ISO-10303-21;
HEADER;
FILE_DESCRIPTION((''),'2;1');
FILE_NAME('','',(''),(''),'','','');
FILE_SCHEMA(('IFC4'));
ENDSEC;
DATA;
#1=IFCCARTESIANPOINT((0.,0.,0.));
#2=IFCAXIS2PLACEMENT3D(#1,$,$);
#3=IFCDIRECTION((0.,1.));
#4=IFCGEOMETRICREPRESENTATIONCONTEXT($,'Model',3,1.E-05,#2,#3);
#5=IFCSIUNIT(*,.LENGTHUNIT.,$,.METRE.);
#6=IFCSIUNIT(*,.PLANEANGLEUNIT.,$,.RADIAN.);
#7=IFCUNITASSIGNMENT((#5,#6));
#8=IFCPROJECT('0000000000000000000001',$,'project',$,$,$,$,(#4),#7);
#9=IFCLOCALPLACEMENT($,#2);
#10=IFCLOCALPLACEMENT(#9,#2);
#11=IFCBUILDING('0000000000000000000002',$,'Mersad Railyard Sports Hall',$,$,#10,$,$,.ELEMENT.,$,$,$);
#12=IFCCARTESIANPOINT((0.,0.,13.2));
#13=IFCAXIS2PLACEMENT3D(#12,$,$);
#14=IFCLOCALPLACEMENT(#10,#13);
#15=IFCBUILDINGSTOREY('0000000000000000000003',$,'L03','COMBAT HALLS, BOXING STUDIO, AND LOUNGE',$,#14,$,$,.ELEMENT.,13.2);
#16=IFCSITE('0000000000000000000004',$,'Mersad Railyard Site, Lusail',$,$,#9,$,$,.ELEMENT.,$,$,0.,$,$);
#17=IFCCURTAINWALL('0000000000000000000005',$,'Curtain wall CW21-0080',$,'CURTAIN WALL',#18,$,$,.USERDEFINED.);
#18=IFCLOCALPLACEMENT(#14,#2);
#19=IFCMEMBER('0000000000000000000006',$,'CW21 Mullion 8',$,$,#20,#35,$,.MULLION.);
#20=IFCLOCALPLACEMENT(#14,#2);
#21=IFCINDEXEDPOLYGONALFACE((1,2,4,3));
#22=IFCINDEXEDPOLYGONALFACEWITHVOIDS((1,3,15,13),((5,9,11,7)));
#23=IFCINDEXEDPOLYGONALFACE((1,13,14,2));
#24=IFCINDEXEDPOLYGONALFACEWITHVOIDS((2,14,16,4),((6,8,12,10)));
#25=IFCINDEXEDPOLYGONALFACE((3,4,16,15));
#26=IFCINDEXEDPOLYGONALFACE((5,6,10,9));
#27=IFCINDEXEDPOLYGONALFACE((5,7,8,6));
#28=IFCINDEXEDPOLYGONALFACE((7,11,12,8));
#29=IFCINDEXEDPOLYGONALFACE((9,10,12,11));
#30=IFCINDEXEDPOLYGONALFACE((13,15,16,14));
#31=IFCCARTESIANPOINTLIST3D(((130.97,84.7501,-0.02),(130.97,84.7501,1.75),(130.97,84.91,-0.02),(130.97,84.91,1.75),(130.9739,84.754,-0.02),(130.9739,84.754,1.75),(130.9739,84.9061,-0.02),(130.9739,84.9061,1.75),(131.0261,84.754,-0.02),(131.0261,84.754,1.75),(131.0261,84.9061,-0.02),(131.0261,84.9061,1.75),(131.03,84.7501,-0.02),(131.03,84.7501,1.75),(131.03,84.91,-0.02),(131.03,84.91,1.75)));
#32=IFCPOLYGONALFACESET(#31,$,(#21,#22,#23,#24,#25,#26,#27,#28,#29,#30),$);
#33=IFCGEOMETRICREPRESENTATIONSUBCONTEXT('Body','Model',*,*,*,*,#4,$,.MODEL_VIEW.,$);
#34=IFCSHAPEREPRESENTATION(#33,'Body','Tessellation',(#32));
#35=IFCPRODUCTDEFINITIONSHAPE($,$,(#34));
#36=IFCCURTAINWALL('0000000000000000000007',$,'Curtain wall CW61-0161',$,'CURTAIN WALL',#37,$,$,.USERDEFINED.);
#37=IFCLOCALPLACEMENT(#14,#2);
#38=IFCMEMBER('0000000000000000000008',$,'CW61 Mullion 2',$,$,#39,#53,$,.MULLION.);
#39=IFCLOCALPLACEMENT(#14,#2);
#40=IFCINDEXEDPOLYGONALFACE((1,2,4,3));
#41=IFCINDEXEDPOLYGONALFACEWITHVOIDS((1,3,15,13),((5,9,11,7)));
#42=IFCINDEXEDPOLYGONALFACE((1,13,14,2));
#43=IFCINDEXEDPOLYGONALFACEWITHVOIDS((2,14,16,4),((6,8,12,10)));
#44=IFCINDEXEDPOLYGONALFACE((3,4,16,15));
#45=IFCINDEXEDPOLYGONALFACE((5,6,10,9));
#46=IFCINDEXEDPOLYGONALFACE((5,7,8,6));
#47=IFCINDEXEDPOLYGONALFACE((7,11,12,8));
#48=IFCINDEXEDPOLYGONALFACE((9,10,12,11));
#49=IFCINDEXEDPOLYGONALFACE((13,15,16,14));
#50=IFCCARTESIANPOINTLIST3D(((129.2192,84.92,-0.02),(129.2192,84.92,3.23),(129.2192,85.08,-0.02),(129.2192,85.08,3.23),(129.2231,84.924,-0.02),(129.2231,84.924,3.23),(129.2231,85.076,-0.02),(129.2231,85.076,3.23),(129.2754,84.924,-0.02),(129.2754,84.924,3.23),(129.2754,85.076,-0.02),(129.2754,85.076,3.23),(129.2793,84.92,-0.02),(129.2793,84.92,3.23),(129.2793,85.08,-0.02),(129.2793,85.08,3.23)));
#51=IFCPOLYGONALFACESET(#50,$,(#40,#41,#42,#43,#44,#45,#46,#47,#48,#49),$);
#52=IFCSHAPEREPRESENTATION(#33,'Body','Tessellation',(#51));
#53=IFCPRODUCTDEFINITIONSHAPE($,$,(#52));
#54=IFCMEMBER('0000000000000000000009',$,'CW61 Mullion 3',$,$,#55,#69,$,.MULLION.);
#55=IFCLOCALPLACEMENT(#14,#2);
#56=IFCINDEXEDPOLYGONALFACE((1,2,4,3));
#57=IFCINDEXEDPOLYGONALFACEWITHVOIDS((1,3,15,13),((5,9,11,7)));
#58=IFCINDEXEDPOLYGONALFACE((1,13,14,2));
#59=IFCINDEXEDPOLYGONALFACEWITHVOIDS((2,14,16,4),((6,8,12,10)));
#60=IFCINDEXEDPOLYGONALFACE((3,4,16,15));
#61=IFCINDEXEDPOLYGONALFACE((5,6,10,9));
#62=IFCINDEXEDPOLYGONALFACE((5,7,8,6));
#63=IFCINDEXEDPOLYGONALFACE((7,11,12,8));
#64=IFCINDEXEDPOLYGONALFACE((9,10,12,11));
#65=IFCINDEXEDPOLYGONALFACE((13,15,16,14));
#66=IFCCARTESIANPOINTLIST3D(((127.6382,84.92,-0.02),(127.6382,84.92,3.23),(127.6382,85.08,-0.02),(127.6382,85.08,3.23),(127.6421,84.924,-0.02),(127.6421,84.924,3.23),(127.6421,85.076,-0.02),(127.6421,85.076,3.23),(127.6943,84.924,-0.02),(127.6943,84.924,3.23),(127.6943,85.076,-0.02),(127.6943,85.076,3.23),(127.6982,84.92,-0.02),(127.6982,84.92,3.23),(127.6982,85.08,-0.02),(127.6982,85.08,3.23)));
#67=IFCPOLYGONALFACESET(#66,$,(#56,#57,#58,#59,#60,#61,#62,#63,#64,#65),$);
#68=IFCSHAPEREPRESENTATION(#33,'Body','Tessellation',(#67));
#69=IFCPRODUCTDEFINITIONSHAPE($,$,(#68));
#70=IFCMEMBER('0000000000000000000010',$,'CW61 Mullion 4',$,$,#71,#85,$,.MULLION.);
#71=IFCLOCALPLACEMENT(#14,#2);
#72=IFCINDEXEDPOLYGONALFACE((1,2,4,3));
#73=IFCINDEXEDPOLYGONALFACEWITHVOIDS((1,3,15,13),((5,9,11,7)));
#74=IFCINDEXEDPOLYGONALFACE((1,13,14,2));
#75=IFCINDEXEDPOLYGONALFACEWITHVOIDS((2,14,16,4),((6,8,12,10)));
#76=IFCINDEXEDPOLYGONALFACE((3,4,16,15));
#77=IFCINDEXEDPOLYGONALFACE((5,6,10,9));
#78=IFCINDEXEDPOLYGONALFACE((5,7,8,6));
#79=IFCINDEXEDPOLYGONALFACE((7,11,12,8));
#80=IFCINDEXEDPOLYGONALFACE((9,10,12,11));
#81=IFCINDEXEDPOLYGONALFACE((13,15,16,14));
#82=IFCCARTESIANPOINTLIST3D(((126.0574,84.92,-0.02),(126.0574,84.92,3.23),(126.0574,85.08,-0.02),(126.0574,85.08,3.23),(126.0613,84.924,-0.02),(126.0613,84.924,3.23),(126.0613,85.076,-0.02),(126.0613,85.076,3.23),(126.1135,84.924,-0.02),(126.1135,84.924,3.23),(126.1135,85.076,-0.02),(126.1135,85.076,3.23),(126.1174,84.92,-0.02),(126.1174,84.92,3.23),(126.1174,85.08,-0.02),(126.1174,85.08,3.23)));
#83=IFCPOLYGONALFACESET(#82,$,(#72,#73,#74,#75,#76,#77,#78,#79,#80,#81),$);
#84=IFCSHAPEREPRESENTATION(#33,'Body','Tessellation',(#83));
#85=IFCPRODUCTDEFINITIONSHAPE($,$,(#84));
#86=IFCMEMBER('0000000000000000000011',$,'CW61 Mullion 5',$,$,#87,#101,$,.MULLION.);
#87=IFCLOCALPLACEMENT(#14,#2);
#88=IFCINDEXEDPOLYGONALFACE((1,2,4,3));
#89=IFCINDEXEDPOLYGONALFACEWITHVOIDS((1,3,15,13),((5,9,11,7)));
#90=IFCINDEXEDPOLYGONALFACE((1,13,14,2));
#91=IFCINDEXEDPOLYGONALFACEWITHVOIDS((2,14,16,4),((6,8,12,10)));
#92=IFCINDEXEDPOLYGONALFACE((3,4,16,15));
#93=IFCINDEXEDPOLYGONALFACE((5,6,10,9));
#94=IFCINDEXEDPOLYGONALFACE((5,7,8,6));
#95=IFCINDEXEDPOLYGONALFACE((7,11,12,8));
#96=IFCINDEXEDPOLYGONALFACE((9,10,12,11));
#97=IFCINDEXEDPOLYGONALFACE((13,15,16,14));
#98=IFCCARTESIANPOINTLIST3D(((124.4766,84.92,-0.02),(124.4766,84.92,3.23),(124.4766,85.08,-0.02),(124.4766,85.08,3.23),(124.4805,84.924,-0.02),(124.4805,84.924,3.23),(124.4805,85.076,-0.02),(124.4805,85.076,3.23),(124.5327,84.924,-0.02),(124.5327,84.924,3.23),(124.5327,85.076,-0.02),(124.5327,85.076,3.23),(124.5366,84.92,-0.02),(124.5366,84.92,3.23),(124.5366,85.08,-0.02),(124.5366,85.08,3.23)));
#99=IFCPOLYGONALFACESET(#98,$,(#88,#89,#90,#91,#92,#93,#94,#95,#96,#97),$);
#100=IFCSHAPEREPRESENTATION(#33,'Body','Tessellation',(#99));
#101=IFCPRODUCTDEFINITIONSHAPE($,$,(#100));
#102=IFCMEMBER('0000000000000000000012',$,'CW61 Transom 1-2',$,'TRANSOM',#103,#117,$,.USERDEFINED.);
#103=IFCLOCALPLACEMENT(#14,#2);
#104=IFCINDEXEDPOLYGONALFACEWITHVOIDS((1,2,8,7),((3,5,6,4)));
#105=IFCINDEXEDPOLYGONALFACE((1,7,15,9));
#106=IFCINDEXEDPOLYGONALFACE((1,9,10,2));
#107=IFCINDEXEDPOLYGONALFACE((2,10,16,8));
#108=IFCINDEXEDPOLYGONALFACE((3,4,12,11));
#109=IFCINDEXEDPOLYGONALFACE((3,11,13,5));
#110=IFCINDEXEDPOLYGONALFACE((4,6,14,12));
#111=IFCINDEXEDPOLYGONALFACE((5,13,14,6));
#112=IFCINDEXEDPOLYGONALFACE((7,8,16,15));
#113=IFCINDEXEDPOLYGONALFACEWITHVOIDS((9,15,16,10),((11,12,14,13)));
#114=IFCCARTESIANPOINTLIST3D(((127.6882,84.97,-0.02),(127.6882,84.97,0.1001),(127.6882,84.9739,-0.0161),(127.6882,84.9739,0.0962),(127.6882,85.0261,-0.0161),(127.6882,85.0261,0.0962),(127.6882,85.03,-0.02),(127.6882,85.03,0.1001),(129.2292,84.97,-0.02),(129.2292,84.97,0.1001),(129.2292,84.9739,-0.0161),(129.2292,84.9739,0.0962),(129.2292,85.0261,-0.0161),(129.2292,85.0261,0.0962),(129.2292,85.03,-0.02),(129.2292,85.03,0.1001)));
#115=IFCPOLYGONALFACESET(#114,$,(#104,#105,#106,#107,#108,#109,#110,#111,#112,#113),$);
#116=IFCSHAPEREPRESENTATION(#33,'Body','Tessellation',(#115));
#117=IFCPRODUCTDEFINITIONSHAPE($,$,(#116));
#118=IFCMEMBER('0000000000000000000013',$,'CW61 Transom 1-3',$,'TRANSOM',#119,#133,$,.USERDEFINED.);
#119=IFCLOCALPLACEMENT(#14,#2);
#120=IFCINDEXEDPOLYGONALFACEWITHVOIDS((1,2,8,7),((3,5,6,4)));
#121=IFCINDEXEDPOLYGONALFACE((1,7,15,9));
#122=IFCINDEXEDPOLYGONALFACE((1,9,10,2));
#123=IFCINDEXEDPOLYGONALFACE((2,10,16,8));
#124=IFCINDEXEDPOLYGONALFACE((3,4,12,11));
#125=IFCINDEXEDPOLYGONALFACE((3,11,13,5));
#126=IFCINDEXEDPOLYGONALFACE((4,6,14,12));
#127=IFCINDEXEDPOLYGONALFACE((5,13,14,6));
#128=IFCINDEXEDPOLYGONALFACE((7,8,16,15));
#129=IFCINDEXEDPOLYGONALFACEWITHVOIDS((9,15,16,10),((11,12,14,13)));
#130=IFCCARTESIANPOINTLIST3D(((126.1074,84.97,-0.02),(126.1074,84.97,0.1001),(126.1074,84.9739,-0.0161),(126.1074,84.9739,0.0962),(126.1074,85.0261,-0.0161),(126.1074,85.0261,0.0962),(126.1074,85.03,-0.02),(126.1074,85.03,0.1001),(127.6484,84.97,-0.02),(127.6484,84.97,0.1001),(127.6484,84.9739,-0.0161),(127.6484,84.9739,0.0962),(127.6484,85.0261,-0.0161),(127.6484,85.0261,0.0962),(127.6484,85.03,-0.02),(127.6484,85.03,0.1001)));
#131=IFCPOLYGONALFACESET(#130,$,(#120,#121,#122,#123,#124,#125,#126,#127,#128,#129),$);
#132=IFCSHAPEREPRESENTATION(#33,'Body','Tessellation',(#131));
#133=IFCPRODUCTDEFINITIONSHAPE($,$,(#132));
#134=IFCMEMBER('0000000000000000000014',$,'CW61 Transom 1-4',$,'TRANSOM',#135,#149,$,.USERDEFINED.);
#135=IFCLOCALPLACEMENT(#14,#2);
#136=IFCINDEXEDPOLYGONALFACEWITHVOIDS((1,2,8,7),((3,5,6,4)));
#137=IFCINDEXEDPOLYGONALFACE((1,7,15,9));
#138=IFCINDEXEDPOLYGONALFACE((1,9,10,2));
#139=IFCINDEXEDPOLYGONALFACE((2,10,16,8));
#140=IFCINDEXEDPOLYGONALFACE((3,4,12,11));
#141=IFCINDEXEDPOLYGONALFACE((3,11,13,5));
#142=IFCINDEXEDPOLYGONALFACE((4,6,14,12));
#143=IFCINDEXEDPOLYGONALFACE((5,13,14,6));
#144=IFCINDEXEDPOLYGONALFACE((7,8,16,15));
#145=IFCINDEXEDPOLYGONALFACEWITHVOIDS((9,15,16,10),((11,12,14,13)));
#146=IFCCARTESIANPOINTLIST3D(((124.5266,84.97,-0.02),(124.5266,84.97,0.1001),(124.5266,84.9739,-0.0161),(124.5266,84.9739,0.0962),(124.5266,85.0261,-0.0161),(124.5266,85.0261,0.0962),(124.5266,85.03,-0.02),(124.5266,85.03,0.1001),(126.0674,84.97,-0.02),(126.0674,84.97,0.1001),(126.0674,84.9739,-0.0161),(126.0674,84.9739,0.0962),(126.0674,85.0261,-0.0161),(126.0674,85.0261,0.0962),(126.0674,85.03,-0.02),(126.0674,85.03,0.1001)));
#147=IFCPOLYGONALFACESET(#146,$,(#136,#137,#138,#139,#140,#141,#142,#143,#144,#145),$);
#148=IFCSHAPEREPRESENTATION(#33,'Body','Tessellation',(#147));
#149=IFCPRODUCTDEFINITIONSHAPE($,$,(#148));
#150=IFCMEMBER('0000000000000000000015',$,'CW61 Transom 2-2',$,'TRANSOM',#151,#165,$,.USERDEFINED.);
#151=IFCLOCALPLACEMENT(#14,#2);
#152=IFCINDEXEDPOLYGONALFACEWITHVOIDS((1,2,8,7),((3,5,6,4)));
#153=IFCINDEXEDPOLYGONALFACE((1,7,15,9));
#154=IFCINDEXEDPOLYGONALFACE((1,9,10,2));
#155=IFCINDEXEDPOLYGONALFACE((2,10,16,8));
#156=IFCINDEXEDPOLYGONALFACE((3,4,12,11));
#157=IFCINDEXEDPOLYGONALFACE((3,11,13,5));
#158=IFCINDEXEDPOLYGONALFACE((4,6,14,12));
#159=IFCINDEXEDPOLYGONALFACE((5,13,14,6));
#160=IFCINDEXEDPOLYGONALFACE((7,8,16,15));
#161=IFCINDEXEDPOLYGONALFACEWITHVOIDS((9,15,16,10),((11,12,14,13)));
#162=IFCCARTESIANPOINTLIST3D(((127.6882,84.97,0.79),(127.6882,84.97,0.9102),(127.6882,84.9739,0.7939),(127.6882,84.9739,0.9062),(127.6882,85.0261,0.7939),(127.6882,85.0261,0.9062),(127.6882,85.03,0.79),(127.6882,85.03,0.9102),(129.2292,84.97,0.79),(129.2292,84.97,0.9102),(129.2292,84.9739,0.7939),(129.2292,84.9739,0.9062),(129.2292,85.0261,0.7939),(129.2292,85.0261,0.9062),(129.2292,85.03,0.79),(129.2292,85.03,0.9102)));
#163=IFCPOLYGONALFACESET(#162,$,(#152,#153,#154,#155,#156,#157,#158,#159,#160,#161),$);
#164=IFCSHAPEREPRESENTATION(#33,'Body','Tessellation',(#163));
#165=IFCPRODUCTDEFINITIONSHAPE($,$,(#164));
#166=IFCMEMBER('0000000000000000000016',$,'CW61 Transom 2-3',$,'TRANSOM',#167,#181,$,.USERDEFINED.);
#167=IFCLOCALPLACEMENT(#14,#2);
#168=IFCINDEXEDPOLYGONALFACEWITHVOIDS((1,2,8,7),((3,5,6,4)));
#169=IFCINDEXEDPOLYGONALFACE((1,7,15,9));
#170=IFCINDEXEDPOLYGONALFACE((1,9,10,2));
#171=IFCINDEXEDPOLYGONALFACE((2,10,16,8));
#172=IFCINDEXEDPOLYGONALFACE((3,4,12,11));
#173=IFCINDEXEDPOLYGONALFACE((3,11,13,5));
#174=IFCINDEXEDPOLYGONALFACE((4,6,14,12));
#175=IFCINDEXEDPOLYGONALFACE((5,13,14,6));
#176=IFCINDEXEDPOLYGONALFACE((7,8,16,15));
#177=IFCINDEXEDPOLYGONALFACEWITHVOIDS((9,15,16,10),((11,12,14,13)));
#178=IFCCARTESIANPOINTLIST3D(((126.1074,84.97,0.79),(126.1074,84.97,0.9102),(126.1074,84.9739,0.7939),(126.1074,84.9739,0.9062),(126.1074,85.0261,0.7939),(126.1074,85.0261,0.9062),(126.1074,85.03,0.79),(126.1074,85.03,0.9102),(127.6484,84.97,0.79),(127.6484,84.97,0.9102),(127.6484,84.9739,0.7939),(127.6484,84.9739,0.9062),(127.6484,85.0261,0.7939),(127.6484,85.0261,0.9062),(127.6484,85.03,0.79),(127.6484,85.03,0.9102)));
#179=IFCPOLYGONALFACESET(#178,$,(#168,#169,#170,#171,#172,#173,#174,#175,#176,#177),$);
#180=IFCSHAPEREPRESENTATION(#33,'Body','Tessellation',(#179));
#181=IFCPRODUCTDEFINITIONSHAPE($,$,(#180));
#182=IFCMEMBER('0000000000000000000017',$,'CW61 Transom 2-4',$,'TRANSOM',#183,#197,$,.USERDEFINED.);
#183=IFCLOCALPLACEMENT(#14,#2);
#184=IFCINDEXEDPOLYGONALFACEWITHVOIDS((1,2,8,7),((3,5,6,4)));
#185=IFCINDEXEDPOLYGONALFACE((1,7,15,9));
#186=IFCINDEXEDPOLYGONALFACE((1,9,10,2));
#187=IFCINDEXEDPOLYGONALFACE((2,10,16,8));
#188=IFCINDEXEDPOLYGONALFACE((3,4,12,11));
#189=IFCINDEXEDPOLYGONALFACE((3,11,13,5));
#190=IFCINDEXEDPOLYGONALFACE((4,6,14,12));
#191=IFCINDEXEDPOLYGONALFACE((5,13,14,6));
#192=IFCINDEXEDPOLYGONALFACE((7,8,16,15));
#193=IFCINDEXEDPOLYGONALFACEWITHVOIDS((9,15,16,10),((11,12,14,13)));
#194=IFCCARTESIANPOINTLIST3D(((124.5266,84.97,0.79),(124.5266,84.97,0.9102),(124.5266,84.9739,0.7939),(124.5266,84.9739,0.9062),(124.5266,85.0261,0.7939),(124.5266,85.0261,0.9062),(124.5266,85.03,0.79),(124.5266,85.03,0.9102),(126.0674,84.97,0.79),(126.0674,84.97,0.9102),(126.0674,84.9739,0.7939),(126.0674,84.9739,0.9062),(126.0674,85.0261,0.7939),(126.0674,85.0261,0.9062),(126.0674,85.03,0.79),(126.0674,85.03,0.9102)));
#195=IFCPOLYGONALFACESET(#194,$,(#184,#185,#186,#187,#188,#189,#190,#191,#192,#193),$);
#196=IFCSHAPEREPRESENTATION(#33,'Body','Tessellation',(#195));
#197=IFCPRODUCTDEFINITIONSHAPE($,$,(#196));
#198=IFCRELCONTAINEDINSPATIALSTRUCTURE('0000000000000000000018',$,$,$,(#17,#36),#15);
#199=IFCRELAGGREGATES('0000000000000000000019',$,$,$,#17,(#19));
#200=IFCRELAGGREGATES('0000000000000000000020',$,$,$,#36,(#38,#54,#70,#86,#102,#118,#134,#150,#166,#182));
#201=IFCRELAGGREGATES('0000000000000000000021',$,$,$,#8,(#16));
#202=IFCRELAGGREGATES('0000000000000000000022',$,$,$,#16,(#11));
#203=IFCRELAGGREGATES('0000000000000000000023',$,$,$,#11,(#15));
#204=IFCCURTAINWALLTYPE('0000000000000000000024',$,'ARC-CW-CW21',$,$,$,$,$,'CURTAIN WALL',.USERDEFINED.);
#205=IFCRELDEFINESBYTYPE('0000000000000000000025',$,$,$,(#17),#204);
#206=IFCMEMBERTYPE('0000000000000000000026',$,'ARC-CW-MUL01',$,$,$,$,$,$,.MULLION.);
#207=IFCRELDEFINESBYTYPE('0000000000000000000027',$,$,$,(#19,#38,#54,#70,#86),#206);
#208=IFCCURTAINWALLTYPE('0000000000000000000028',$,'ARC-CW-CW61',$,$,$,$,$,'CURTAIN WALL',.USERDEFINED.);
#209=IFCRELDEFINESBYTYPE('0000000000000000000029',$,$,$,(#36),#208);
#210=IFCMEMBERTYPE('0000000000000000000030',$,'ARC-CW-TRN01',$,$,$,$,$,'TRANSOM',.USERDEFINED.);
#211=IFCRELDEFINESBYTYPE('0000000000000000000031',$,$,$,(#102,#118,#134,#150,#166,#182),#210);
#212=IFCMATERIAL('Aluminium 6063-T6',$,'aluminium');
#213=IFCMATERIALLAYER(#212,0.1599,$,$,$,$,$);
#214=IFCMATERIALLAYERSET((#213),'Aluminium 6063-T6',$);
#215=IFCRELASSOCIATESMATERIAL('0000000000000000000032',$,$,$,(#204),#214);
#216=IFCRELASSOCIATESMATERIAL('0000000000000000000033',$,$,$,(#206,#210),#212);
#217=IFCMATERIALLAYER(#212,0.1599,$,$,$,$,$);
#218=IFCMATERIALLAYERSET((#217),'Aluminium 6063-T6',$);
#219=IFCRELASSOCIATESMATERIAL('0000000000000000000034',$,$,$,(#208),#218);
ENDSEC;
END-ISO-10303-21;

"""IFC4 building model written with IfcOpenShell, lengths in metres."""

from ifc_helpers import new_model, si_unit, direction, frame, origin, origin_2d, place, context, subcontext, project, spatial, hollow_rectangle, extrude, material, layer, layer_set, material_profile, profile_set, type_object, element, aggregate, save


model = new_model("IFC4")

# Units and contexts
model_context = context("Model", 3, precision=1e-05, world=origin(), true_north=direction((0.0, 1.0)))
body_context = subcontext(model_context, "Body", "Model", "MODEL_VIEW")
ifc_project = project(units=[si_unit("LENGTHUNIT", "METRE"), si_unit("PLANEANGLEUNIT", "RADIAN")], contexts=[model_context])

# Site, building, storey
site_placement = place(None, origin())
site = spatial("IfcSite", under=ifc_project, at=site_placement, Name="Mersad Railyard Site, Lusail", CompositionType="ELEMENT", RefElevation=0.0)
building_placement = place(site_placement, origin())
building = spatial("IfcBuilding", under=site, at=building_placement, Name="Mersad Railyard Sports Hall", CompositionType="ELEMENT")
storey_placement = place(building_placement, frame((0.0, 0.0, 13.2)))
storey = spatial("IfcBuildingStorey", under=building, at=storey_placement, Name="L03", Description="COMBAT HALLS, BOXING STUDIO, AND LOUNGE", CompositionType="ELEMENT", Elevation=13.2)

# Curtain wall, member
ifc_material_1 = material(Name="Aluminium 6063-T6", Category="aluminium")
ifc_layer_1 = layer(ifc_material_1, 0.1599)
ifc_layer_set_1 = layer_set([ifc_layer_1], Name="Aluminium 6063-T6")
curtain_wall_type_1 = type_object("IfcCurtainWallType", Name="ARC-CW-CW21", ElementType="CURTAIN WALL", PredefinedType="USERDEFINED", material=ifc_layer_set_1)
curtain_wall_1_placement = place(storey_placement, origin())
curtain_wall_1 = element("IfcCurtainWall", 1, at=curtain_wall_1_placement, inside=storey, type_object=curtain_wall_type_1, Name="Curtain wall CW21-0080", ObjectType="CURTAIN WALL", PredefinedType="USERDEFINED")
ifc_material_profile_1 = material_profile(ifc_material_1, hollow_rectangle(XDim=0.0601, YDim=0.1599, WallThickness=0.0039, at=origin_2d()), Name="AL MULLION 60x160x4")
ifc_profile_set_1 = profile_set([ifc_material_profile_1], Name="Aluminium 6063-T6")
member_type_1 = type_object("IfcMemberType", Name="ARC-CW-MUL01", PredefinedType="MULLION", material=ifc_profile_set_1)
member_1_placement = place(storey_placement, frame((131.0, 84.8301, -0.02), z_axis=(0.0, 0.0, 1.0), x_axis=(1.0, 0.0, 0.0)))
member_1 = element("IfcMember", 2, at=member_1_placement, type_object=member_type_1, Name="CW21 Mullion 8", PredefinedType="MULLION", context=body_context, shape_type="SweptSolid", body=[
    extrude(hollow_rectangle(XDim=0.0601, YDim=0.1599, WallThickness=0.0039, at=origin_2d()), origin(), (0.0, 0.0, 1.0), 1.77),
])
aggregate(curtain_wall_1, [member_1])

# Curtain wall, members
ifc_layer_2 = layer(ifc_material_1, 0.1599)
ifc_layer_set_2 = layer_set([ifc_layer_2], Name="Aluminium 6063-T6")
curtain_wall_type_2 = type_object("IfcCurtainWallType", Name="ARC-CW-CW61", ElementType="CURTAIN WALL", PredefinedType="USERDEFINED", material=ifc_layer_set_2)
curtain_wall_2_placement = place(storey_placement, origin())
curtain_wall_2 = element("IfcCurtainWall", 3, at=curtain_wall_2_placement, inside=storey, type_object=curtain_wall_type_2, Name="Curtain wall CW61-0161", ObjectType="CURTAIN WALL", PredefinedType="USERDEFINED")
member_2_placement = place(storey_placement, frame((129.2493, 85.0, -0.02), z_axis=(0.0, 0.0, 1.0), x_axis=(1.0, 0.0, 0.0)))
member_2 = element("IfcMember", 4, at=member_2_placement, type_object=member_type_1, Name="CW61 Mullion 2", PredefinedType="MULLION", context=body_context, shape_type="SweptSolid", body=[
    extrude(hollow_rectangle(XDim=0.0601, YDim=0.1599, WallThickness=0.0039, at=origin_2d()), origin(), (0.0, 0.0, 1.0), 3.25),
])
member_3_placement = place(storey_placement, frame((127.6682, 85.0, -0.02), z_axis=(0.0, 0.0, 1.0), x_axis=(1.0, 0.0, 0.0)))
member_3 = element("IfcMember", 5, at=member_3_placement, type_object=member_type_1, Name="CW61 Mullion 3", PredefinedType="MULLION", context=body_context, shape_type="SweptSolid", body=[
    extrude(hollow_rectangle(XDim=0.0601, YDim=0.1599, WallThickness=0.0039, at=origin_2d()), origin(), (0.0, 0.0, 1.0), 3.25),
])
member_4_placement = place(storey_placement, frame((126.0874, 85.0, -0.02), z_axis=(0.0, 0.0, 1.0), x_axis=(1.0, 0.0, 0.0)))
member_4 = element("IfcMember", 6, at=member_4_placement, type_object=member_type_1, Name="CW61 Mullion 4", PredefinedType="MULLION", context=body_context, shape_type="SweptSolid", body=[
    extrude(hollow_rectangle(XDim=0.0601, YDim=0.1599, WallThickness=0.0039, at=origin_2d()), origin(), (0.0, 0.0, 1.0), 3.25),
])
member_5_placement = place(storey_placement, frame((124.5066, 85.0, -0.02), z_axis=(0.0, 0.0, 1.0), x_axis=(1.0, 0.0, 0.0)))
member_5 = element("IfcMember", 7, at=member_5_placement, type_object=member_type_1, Name="CW61 Mullion 5", PredefinedType="MULLION", context=body_context, shape_type="SweptSolid", body=[
    extrude(hollow_rectangle(XDim=0.0601, YDim=0.1599, WallThickness=0.0039, at=origin_2d()), origin(), (0.0, 0.0, 1.0), 3.25),
])
ifc_material_profile_2 = material_profile(ifc_material_1, hollow_rectangle(XDim=0.0601, YDim=0.1201, WallThickness=0.0039, at=origin_2d()), Name="AL TRANSOM 60x120x4")
ifc_profile_set_2 = profile_set([ifc_material_profile_2], Name="Aluminium 6063-T6")
member_type_2 = type_object("IfcMemberType", Name="ARC-CW-TRN01", ElementType="TRANSOM", PredefinedType="USERDEFINED", material=ifc_profile_set_2)
member_6_placement = place(storey_placement, frame((129.2292, 85.0, 0.04), z_axis=(-1.0, 0.0, 0.0), x_axis=(0.0, -1.0, 0.0)))
member_6 = element("IfcMember", 8, at=member_6_placement, type_object=member_type_2, Name="CW61 Transom 1-2", ObjectType="TRANSOM", PredefinedType="USERDEFINED", context=body_context, shape_type="SweptSolid", body=[
    extrude(hollow_rectangle(XDim=0.0601, YDim=0.1201, WallThickness=0.0039, at=origin_2d()), origin(), (0.0, 0.0, 1.0), 1.541),
])
member_7_placement = place(storey_placement, frame((127.6484, 85.0, 0.04), z_axis=(-1.0, 0.0, 0.0), x_axis=(0.0, -1.0, 0.0)))
member_7 = element("IfcMember", 9, at=member_7_placement, type_object=member_type_2, Name="CW61 Transom 1-3", ObjectType="TRANSOM", PredefinedType="USERDEFINED", context=body_context, shape_type="SweptSolid", body=[
    extrude(hollow_rectangle(XDim=0.0601, YDim=0.1201, WallThickness=0.0039, at=origin_2d()), origin(), (0.0, 0.0, 1.0), 1.541),
])
member_8_placement = place(storey_placement, frame((126.0674, 85.0, 0.04), z_axis=(-1.0, 0.0, 0.0), x_axis=(0.0, -1.0, 0.0)))
member_8 = element("IfcMember", 10, at=member_8_placement, type_object=member_type_2, Name="CW61 Transom 1-4", ObjectType="TRANSOM", PredefinedType="USERDEFINED", context=body_context, shape_type="SweptSolid", body=[
    extrude(hollow_rectangle(XDim=0.0601, YDim=0.1201, WallThickness=0.0039, at=origin_2d()), origin(), (0.0, 0.0, 1.0), 1.5408),
])
member_9_placement = place(storey_placement, frame((129.2292, 85.0, 0.8501), z_axis=(-1.0, 0.0, 0.0), x_axis=(0.0, -1.0, 0.0)))
member_9 = element("IfcMember", 11, at=member_9_placement, type_object=member_type_2, Name="CW61 Transom 2-2", ObjectType="TRANSOM", PredefinedType="USERDEFINED", context=body_context, shape_type="SweptSolid", body=[
    extrude(hollow_rectangle(XDim=0.0601, YDim=0.1201, WallThickness=0.0039, at=origin_2d()), origin(), (0.0, 0.0, 1.0), 1.541),
])
member_10_placement = place(storey_placement, frame((127.6484, 85.0, 0.8501), z_axis=(-1.0, 0.0, 0.0), x_axis=(0.0, -1.0, 0.0)))
member_10 = element("IfcMember", 12, at=member_10_placement, type_object=member_type_2, Name="CW61 Transom 2-3", ObjectType="TRANSOM", PredefinedType="USERDEFINED", context=body_context, shape_type="SweptSolid", body=[
    extrude(hollow_rectangle(XDim=0.0601, YDim=0.1201, WallThickness=0.0039, at=origin_2d()), origin(), (0.0, 0.0, 1.0), 1.541),
])
member_11_placement = place(storey_placement, frame((126.0674, 85.0, 0.8501), z_axis=(-1.0, 0.0, 0.0), x_axis=(0.0, -1.0, 0.0)))
member_11 = element("IfcMember", 13, at=member_11_placement, type_object=member_type_2, Name="CW61 Transom 2-4", ObjectType="TRANSOM", PredefinedType="USERDEFINED", context=body_context, shape_type="SweptSolid", body=[
    extrude(hollow_rectangle(XDim=0.0601, YDim=0.1201, WallThickness=0.0039, at=origin_2d()), origin(), (0.0, 0.0, 1.0), 1.5408),
])
aggregate(curtain_wall_2, [member_2, member_3, member_4, member_5, member_6, member_7, member_8, member_9, member_10, member_11])

save(model, "model.ifc")
